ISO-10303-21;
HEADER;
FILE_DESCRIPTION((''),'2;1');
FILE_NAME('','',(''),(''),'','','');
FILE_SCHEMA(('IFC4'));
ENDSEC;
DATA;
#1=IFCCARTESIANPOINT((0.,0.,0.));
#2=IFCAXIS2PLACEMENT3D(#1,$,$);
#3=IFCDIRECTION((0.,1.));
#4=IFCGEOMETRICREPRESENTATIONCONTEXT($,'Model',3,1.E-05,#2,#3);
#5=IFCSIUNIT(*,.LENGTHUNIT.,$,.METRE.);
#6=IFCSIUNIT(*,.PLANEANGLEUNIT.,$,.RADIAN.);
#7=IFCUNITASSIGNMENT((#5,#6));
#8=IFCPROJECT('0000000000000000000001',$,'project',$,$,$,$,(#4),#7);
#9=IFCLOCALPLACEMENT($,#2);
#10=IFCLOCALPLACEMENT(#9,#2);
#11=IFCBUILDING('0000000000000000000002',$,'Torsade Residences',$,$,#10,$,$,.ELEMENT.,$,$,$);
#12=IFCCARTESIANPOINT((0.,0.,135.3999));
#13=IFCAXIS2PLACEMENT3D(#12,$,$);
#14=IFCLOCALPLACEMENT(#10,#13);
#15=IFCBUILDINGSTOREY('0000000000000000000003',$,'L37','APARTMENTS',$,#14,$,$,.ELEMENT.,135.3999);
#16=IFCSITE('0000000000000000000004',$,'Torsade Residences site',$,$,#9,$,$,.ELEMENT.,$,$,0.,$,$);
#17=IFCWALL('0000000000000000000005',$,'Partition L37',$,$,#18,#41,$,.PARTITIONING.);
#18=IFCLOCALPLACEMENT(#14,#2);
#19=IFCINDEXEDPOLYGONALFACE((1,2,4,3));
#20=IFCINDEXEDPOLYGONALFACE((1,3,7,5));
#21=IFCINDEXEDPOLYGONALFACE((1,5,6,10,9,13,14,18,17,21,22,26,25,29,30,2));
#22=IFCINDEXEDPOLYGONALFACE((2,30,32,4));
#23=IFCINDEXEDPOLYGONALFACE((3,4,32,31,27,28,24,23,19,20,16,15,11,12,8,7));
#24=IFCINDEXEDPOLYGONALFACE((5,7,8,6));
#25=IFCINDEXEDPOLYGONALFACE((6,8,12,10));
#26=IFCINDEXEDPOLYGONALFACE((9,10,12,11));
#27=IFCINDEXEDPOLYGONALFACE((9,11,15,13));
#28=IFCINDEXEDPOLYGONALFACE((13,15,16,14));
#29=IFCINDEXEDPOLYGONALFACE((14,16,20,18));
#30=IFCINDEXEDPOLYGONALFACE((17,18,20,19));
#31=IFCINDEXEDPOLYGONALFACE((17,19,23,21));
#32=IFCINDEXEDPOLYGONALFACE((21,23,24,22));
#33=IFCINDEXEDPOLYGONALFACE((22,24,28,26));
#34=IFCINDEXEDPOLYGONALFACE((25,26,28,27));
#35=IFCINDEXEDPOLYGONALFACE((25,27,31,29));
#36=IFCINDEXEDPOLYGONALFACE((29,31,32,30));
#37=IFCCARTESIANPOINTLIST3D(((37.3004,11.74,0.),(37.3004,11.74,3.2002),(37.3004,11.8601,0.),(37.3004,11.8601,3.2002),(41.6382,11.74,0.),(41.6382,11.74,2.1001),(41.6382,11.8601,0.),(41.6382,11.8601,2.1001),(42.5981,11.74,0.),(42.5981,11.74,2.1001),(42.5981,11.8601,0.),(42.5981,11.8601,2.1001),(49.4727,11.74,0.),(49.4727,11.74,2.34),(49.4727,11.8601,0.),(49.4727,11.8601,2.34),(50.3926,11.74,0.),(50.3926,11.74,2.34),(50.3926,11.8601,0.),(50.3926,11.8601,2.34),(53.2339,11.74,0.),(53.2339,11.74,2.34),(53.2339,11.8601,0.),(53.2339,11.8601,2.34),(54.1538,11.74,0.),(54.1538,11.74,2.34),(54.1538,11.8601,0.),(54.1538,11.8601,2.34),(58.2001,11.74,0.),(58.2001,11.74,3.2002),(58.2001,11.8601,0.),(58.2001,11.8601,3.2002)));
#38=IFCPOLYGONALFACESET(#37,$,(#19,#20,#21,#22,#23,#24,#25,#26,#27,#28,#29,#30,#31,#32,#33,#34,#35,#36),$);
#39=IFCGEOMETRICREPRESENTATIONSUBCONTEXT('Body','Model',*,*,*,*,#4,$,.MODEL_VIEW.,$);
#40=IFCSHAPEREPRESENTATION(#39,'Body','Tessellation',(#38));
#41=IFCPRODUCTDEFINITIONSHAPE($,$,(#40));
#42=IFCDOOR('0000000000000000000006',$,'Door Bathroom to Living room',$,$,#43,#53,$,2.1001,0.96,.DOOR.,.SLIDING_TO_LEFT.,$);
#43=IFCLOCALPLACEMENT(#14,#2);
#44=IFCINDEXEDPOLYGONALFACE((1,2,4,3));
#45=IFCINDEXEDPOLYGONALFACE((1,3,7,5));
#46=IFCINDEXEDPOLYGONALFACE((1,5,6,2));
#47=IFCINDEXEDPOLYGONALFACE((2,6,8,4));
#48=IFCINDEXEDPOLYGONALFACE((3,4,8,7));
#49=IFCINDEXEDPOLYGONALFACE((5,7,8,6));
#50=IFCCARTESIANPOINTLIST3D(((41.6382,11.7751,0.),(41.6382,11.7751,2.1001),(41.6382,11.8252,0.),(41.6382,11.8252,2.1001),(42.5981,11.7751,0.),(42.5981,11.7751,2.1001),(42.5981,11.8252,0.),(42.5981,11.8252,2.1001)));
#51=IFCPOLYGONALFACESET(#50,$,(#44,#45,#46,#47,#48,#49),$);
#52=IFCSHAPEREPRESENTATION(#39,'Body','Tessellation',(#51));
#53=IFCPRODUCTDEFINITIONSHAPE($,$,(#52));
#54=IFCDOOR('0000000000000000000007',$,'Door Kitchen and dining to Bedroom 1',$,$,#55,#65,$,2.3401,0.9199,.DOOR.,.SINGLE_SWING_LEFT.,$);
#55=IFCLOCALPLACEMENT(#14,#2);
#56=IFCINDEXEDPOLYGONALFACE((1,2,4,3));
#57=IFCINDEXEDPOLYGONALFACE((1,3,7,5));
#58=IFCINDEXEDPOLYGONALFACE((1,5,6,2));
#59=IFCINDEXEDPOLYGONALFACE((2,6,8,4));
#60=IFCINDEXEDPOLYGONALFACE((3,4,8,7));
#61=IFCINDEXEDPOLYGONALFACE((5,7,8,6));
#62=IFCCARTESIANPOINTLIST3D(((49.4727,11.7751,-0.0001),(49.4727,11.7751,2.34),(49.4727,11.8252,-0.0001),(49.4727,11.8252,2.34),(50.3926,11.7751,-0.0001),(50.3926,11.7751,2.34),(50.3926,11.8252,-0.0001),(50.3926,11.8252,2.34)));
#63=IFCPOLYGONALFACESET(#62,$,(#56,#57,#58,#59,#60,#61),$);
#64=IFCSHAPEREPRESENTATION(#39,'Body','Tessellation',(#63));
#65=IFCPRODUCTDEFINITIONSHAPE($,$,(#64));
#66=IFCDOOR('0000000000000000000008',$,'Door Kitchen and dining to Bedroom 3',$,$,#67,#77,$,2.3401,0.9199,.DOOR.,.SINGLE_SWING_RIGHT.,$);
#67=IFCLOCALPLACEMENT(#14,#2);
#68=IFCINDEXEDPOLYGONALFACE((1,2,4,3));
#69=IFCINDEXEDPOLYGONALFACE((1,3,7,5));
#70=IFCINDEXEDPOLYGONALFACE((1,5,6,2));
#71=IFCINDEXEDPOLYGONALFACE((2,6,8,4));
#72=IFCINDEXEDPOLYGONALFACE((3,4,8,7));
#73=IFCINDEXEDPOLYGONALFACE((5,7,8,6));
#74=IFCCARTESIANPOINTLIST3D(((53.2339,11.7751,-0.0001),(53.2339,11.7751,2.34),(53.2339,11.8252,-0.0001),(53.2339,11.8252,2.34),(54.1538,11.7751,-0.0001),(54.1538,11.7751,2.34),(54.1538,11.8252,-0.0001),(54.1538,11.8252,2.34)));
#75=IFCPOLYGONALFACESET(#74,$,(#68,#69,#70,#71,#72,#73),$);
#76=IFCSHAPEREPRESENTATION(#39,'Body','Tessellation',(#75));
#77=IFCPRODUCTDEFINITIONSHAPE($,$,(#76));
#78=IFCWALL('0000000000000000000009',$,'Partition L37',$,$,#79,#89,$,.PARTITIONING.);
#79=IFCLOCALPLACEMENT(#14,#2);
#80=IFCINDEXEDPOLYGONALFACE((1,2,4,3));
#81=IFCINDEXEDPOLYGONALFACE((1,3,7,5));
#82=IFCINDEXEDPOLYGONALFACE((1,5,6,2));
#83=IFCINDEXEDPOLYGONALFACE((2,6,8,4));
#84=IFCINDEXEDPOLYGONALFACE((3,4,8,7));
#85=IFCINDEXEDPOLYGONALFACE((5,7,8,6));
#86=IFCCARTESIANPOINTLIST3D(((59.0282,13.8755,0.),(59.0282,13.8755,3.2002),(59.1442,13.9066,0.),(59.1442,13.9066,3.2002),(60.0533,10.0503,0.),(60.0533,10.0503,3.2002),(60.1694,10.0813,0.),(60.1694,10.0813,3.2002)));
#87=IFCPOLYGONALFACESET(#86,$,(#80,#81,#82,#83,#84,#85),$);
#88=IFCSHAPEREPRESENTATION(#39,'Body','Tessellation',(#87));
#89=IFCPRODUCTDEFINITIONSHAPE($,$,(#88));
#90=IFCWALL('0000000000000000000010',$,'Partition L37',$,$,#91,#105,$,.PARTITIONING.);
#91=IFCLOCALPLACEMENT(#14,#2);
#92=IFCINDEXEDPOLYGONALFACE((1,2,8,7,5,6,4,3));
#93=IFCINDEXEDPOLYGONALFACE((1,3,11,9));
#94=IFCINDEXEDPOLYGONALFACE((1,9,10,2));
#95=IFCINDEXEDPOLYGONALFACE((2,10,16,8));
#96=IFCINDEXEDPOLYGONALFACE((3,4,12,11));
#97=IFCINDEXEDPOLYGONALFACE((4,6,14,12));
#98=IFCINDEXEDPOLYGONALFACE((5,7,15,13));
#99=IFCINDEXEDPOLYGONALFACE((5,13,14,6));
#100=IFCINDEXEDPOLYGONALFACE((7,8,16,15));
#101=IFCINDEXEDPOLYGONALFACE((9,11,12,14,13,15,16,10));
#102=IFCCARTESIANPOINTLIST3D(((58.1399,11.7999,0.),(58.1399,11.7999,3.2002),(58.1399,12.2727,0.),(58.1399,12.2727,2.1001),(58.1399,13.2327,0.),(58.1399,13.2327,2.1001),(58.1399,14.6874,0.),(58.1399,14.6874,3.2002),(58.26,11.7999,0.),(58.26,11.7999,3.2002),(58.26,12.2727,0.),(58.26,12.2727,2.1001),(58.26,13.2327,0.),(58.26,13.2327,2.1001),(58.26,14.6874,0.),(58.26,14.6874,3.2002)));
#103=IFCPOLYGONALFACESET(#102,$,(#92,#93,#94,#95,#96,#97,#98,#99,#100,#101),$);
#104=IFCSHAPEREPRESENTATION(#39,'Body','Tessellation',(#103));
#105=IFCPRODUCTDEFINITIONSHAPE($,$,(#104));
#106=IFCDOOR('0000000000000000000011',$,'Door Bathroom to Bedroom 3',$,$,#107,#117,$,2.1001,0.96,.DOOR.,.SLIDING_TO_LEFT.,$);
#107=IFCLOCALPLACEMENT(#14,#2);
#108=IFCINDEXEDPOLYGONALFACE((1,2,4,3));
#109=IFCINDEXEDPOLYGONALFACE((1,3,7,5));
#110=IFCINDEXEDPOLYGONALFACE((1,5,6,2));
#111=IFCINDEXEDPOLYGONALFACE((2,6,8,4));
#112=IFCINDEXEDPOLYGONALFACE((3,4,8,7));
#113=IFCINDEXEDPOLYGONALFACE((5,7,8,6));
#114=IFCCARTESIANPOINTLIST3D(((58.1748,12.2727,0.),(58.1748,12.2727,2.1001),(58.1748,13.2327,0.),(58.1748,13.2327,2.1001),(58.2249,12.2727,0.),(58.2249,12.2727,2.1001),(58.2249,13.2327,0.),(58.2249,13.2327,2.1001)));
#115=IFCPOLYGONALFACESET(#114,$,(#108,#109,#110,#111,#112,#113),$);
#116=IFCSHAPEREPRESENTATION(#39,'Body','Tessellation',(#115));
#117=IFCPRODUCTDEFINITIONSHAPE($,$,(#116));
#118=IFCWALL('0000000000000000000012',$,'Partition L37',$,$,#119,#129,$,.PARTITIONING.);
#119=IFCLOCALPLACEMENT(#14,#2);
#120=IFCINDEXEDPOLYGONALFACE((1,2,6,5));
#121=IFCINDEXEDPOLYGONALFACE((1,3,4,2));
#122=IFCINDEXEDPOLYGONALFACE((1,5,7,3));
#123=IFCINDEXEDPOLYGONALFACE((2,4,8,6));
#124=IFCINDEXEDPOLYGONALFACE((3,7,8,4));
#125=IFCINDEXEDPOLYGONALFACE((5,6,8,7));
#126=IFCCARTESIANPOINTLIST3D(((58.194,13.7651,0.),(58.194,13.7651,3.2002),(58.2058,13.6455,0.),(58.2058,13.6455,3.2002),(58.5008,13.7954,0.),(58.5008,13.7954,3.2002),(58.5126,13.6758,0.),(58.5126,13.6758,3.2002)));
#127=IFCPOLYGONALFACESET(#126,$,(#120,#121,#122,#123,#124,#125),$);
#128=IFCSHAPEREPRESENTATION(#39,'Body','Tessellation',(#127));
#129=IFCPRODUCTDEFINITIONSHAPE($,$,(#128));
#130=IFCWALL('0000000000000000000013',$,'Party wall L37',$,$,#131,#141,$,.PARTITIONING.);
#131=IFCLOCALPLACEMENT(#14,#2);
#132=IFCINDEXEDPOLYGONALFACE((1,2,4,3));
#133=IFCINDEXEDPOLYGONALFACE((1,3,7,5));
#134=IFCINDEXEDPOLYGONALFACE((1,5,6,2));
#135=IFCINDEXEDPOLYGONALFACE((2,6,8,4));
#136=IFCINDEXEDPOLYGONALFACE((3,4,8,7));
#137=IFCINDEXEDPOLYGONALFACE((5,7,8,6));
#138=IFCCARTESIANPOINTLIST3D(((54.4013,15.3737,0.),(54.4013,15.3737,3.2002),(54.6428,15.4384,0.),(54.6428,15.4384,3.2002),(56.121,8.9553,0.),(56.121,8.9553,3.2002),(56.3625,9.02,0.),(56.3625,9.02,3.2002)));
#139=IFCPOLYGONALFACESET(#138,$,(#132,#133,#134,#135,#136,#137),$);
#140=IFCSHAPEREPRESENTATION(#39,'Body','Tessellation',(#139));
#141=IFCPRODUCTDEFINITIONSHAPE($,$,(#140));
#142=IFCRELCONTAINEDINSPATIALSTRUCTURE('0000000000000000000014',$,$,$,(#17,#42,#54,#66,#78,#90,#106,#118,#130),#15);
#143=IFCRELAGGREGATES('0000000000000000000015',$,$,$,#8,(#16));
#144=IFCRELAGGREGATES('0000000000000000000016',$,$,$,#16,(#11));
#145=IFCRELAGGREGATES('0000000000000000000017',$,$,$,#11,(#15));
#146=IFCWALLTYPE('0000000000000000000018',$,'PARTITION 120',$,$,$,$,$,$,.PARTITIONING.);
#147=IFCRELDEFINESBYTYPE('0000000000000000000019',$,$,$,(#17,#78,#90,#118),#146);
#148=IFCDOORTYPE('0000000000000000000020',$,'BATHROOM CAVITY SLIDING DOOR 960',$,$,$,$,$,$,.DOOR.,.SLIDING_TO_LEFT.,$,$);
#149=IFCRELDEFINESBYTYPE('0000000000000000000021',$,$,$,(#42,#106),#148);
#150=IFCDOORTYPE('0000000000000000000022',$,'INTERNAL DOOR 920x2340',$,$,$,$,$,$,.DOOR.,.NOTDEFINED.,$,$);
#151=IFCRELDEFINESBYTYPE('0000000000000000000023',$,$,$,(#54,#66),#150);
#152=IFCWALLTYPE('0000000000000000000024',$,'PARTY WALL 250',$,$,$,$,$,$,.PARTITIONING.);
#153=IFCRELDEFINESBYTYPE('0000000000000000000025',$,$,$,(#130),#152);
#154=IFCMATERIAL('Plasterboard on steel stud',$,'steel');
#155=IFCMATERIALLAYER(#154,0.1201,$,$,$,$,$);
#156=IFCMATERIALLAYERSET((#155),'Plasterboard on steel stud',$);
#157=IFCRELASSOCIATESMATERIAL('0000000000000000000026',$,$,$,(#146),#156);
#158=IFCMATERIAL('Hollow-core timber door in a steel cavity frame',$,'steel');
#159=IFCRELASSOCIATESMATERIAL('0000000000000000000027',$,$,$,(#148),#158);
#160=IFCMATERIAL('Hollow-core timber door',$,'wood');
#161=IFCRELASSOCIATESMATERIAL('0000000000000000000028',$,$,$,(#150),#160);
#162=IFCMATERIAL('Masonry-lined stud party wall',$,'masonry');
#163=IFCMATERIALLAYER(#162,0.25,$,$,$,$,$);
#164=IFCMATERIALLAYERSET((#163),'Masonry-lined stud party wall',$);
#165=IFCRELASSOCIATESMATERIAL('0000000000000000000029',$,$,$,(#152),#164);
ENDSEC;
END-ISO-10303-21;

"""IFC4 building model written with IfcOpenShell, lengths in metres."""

from ifc_helpers import new_model, si_unit, direction, frame, frame_2d, origin, place, context, subcontext, project, spatial, rectangle, extrude, material, layer, layer_set, type_object, element, fill, save


model = new_model("IFC4")

# Units and contexts
model_context = context("Model", 3, precision=1e-05, world=origin(), true_north=direction((0.0, 1.0)))
body_context = subcontext(model_context, "Body", "Model", "MODEL_VIEW")
ifc_project = project(units=[si_unit("LENGTHUNIT", "METRE"), si_unit("PLANEANGLEUNIT", "RADIAN")], contexts=[model_context])

# Site, building, storey
site_placement = place(None, origin())
site = spatial("IfcSite", under=ifc_project, at=site_placement, Name="Torsade Residences site", CompositionType="ELEMENT", RefElevation=0.0)
building_placement = place(site_placement, origin())
building = spatial("IfcBuilding", under=site, at=building_placement, Name="Torsade Residences", CompositionType="ELEMENT")
storey_placement = place(building_placement, frame((0.0, 0.0, 135.3999)))
storey = spatial("IfcBuildingStorey", under=building, at=storey_placement, Name="L37", Description="APARTMENTS", CompositionType="ELEMENT", Elevation=135.3999)

# Wall, openings, doors
ifc_material_1 = material(Name="Plasterboard on steel stud", Category="steel")
ifc_layer_1 = layer(ifc_material_1, 0.1201)
ifc_layer_set_1 = layer_set([ifc_layer_1], Name="Plasterboard on steel stud")
wall_type_1 = type_object("IfcWallType", Name="PARTITION 120", PredefinedType="PARTITIONING", material=ifc_layer_set_1)
wall_1_placement = place(storey_placement, frame((58.2, 11.8, 0.0), z_axis=(0.0, 0.0, 1.0), x_axis=(-1.0, 0.0, 0.0)))
wall_1 = element("IfcWall", 1, at=wall_1_placement, inside=storey, type_object=wall_type_1, Name="Partition L37", PredefinedType="PARTITIONING", context=body_context, shape_type="SweptSolid", body=[
    extrude(rectangle(XDim=20.8997, YDim=0.1201, at=frame_2d((10.4497, 0.0))), origin(), (0.0, 0.0, 1.0), 3.2002),
])
opening_1_placement = place(wall_1_placement, frame((7.8074, 0.0, 0.0)))
opening_1 = element("IfcOpeningElement", 2, at=opening_1_placement, cuts=wall_1, PredefinedType="OPENING", context=body_context, shape_type="SweptSolid", body=[
    extrude(rectangle(XDim=0.9199, YDim=2.3401, at=frame_2d((0.46, 1.1699))), frame((0.0, 0.0701, 0.0), z_axis=(0.0, -1.0, 0.0), x_axis=(1.0, 0.0, 0.0)), (0.0, 0.0, 1.0), 0.1401),
])
opening_2_placement = place(wall_1_placement, frame((4.0461, 0.0, 0.0)))
opening_2 = element("IfcOpeningElement", 3, at=opening_2_placement, cuts=wall_1, PredefinedType="OPENING", context=body_context, shape_type="SweptSolid", body=[
    extrude(rectangle(XDim=0.9199, YDim=2.3401, at=frame_2d((0.46, 1.1699))), frame((0.0, 0.0701, 0.0), z_axis=(0.0, -1.0, 0.0), x_axis=(1.0, 0.0, 0.0)), (0.0, 0.0, 1.0), 0.1401),
])
opening_3_placement = place(wall_1_placement, frame((15.6018, 0.0, 0.0)))
opening_3 = element("IfcOpeningElement", 4, at=opening_3_placement, cuts=wall_1, PredefinedType="OPENING", context=body_context, shape_type="SweptSolid", body=[
    extrude(rectangle(XDim=0.96, YDim=2.1001, at=frame_2d((0.48, 1.05))), frame((0.0, 0.0701, 0.0), z_axis=(0.0, -1.0, 0.0), x_axis=(1.0, 0.0, 0.0)), (0.0, 0.0, 1.0), 0.1401),
])
ifc_material_2 = material(Name="Hollow-core timber door in a steel cavity frame", Category="steel")
door_type_1 = type_object("IfcDoorType", Name="BATHROOM CAVITY SLIDING DOOR 960", OperationType="SLIDING_TO_LEFT", PredefinedType="DOOR", material=ifc_material_2)
door_1_placement = place(opening_3_placement, origin())
door_1 = element("IfcDoor", 5, at=door_1_placement, inside=storey, type_object=door_type_1, Name="Door Bathroom to Living room", OperationType="SLIDING_TO_LEFT", OverallHeight=2.1001, OverallWidth=0.96, PredefinedType="DOOR", context=body_context, shape_type="SweptSolid", body=[
    extrude(rectangle(XDim=0.96, YDim=2.1001, at=frame_2d((0.48, 1.05))), frame((0.0, 0.0249, 0.0), z_axis=(0.0, -1.0, 0.0), x_axis=(1.0, 0.0, 0.0)), (0.0, 0.0, 1.0), 0.05),
])
fill(opening_3, door_1)
ifc_material_3 = material(Name="Hollow-core timber door", Category="wood")
door_type_2 = type_object("IfcDoorType", Name="INTERNAL DOOR 920x2340", OperationType="NOTDEFINED", PredefinedType="DOOR", material=ifc_material_3)
door_2_placement = place(opening_1_placement, origin())
door_2 = element("IfcDoor", 6, at=door_2_placement, inside=storey, type_object=door_type_2, Name="Door Kitchen and dining to Bedroom 1", OperationType="SINGLE_SWING_LEFT", OverallHeight=2.3401, OverallWidth=0.9199, PredefinedType="DOOR", context=body_context, shape_type="SweptSolid", body=[
    extrude(rectangle(XDim=0.9199, YDim=2.3401, at=frame_2d((0.46, 1.1699))), frame((0.0, 0.0249, 0.0), z_axis=(0.0, -1.0, 0.0), x_axis=(1.0, 0.0, 0.0)), (0.0, 0.0, 1.0), 0.05),
])
fill(opening_1, door_2)
door_3_placement = place(opening_2_placement, origin())
door_3 = element("IfcDoor", 7, at=door_3_placement, inside=storey, type_object=door_type_2, Name="Door Kitchen and dining to Bedroom 3", OperationType="SINGLE_SWING_RIGHT", OverallHeight=2.3401, OverallWidth=0.9199, PredefinedType="DOOR", context=body_context, shape_type="SweptSolid", body=[
    extrude(rectangle(XDim=0.9199, YDim=2.3401, at=frame_2d((0.46, 1.1699))), frame((0.0, 0.0249, 0.0), z_axis=(0.0, -1.0, 0.0), x_axis=(1.0, 0.0, 0.0)), (0.0, 0.0, 1.0), 0.05),
])
fill(opening_2, door_3)

# Wall
wall_2_placement = place(storey_placement, frame((60.1113, 10.0659, 0.0), z_axis=(0.0, 0.0, 1.0), x_axis=(-0.258863, 0.965914, 0.0)))
element("IfcWall", 8, at=wall_2_placement, inside=storey, type_object=wall_type_1, Name="Partition L37", PredefinedType="PARTITIONING", context=body_context, shape_type="SweptSolid", body=[
    extrude(rectangle(XDim=3.9602, YDim=0.1201, at=frame_2d((1.98, 0.0))), origin(), (0.0, 0.0, 1.0), 3.2002),
])

# Wall, opening, door
wall_3_placement = place(storey_placement, frame((58.2, 14.6875, 0.0), z_axis=(0.0, 0.0, 1.0), x_axis=(0.0, -1.0, 0.0)))
wall_3 = element("IfcWall", 9, at=wall_3_placement, inside=storey, type_object=wall_type_1, Name="Partition L37", PredefinedType="PARTITIONING", context=body_context, shape_type="SweptSolid", body=[
    extrude(rectangle(XDim=2.8875, YDim=0.1201, at=frame_2d((1.4438, 0.0))), origin(), (0.0, 0.0, 1.0), 3.2002),
])
opening_4_placement = place(wall_3_placement, frame((1.4548, 0.0, 0.0)))
opening_4 = element("IfcOpeningElement", 10, at=opening_4_placement, cuts=wall_3, PredefinedType="OPENING", context=body_context, shape_type="SweptSolid", body=[
    extrude(rectangle(XDim=0.96, YDim=2.1001, at=frame_2d((0.48, 1.05))), frame((0.0, 0.0701, 0.0), z_axis=(0.0, -1.0, 0.0), x_axis=(1.0, 0.0, 0.0)), (0.0, 0.0, 1.0), 0.1401),
])
door_4_placement = place(opening_4_placement, origin())
door_4 = element("IfcDoor", 11, at=door_4_placement, inside=storey, type_object=door_type_1, Name="Door Bathroom to Bedroom 3", OperationType="SLIDING_TO_LEFT", OverallHeight=2.1001, OverallWidth=0.96, PredefinedType="DOOR", context=body_context, shape_type="SweptSolid", body=[
    extrude(rectangle(XDim=0.96, YDim=2.1001, at=frame_2d((0.48, 1.05))), frame((0.0, 0.0249, 0.0), z_axis=(0.0, -1.0, 0.0), x_axis=(1.0, 0.0, 0.0)), (0.0, 0.0, 1.0), 0.05),
])
fill(opening_4, door_4)

# Walls
wall_4_placement = place(storey_placement, frame((58.5068, 13.7356, 0.0), z_axis=(0.0, 0.0, 1.0), x_axis=(-0.99517, -0.098171, 0.0)))
element("IfcWall", 12, at=wall_4_placement, inside=storey, type_object=wall_type_1, Name="Partition L37", PredefinedType="PARTITIONING", context=body_context, shape_type="SweptSolid", body=[
    extrude(rectangle(XDim=0.3083, YDim=0.1201, at=frame_2d((0.1543, 0.0))), origin(), (0.0, 0.0, 1.0), 3.2002),
])
ifc_material_4 = material(Name="Masonry-lined stud party wall", Category="masonry")
ifc_layer_2 = layer(ifc_material_4, 0.25)
ifc_layer_set_2 = layer_set([ifc_layer_2], Name="Masonry-lined stud party wall")
wall_type_2 = type_object("IfcWallType", Name="PARTY WALL 250", PredefinedType="PARTITIONING", material=ifc_layer_set_2)
wall_5_placement = place(storey_placement, frame((56.2417, 8.9878, 0.0), z_axis=(0.0, 0.0, 1.0), x_axis=(-0.258806, 0.965929, 0.0)))
element("IfcWall", 13, at=wall_5_placement, inside=storey, type_object=wall_type_2, Name="Party wall L37", PredefinedType="PARTITIONING", context=body_context, shape_type="SweptSolid", body=[
    extrude(rectangle(XDim=6.6448, YDim=0.25, at=frame_2d((3.3223, 0.0))), origin(), (0.0, 0.0, 1.0), 3.2002),
])

save(model, "model.ifc")
